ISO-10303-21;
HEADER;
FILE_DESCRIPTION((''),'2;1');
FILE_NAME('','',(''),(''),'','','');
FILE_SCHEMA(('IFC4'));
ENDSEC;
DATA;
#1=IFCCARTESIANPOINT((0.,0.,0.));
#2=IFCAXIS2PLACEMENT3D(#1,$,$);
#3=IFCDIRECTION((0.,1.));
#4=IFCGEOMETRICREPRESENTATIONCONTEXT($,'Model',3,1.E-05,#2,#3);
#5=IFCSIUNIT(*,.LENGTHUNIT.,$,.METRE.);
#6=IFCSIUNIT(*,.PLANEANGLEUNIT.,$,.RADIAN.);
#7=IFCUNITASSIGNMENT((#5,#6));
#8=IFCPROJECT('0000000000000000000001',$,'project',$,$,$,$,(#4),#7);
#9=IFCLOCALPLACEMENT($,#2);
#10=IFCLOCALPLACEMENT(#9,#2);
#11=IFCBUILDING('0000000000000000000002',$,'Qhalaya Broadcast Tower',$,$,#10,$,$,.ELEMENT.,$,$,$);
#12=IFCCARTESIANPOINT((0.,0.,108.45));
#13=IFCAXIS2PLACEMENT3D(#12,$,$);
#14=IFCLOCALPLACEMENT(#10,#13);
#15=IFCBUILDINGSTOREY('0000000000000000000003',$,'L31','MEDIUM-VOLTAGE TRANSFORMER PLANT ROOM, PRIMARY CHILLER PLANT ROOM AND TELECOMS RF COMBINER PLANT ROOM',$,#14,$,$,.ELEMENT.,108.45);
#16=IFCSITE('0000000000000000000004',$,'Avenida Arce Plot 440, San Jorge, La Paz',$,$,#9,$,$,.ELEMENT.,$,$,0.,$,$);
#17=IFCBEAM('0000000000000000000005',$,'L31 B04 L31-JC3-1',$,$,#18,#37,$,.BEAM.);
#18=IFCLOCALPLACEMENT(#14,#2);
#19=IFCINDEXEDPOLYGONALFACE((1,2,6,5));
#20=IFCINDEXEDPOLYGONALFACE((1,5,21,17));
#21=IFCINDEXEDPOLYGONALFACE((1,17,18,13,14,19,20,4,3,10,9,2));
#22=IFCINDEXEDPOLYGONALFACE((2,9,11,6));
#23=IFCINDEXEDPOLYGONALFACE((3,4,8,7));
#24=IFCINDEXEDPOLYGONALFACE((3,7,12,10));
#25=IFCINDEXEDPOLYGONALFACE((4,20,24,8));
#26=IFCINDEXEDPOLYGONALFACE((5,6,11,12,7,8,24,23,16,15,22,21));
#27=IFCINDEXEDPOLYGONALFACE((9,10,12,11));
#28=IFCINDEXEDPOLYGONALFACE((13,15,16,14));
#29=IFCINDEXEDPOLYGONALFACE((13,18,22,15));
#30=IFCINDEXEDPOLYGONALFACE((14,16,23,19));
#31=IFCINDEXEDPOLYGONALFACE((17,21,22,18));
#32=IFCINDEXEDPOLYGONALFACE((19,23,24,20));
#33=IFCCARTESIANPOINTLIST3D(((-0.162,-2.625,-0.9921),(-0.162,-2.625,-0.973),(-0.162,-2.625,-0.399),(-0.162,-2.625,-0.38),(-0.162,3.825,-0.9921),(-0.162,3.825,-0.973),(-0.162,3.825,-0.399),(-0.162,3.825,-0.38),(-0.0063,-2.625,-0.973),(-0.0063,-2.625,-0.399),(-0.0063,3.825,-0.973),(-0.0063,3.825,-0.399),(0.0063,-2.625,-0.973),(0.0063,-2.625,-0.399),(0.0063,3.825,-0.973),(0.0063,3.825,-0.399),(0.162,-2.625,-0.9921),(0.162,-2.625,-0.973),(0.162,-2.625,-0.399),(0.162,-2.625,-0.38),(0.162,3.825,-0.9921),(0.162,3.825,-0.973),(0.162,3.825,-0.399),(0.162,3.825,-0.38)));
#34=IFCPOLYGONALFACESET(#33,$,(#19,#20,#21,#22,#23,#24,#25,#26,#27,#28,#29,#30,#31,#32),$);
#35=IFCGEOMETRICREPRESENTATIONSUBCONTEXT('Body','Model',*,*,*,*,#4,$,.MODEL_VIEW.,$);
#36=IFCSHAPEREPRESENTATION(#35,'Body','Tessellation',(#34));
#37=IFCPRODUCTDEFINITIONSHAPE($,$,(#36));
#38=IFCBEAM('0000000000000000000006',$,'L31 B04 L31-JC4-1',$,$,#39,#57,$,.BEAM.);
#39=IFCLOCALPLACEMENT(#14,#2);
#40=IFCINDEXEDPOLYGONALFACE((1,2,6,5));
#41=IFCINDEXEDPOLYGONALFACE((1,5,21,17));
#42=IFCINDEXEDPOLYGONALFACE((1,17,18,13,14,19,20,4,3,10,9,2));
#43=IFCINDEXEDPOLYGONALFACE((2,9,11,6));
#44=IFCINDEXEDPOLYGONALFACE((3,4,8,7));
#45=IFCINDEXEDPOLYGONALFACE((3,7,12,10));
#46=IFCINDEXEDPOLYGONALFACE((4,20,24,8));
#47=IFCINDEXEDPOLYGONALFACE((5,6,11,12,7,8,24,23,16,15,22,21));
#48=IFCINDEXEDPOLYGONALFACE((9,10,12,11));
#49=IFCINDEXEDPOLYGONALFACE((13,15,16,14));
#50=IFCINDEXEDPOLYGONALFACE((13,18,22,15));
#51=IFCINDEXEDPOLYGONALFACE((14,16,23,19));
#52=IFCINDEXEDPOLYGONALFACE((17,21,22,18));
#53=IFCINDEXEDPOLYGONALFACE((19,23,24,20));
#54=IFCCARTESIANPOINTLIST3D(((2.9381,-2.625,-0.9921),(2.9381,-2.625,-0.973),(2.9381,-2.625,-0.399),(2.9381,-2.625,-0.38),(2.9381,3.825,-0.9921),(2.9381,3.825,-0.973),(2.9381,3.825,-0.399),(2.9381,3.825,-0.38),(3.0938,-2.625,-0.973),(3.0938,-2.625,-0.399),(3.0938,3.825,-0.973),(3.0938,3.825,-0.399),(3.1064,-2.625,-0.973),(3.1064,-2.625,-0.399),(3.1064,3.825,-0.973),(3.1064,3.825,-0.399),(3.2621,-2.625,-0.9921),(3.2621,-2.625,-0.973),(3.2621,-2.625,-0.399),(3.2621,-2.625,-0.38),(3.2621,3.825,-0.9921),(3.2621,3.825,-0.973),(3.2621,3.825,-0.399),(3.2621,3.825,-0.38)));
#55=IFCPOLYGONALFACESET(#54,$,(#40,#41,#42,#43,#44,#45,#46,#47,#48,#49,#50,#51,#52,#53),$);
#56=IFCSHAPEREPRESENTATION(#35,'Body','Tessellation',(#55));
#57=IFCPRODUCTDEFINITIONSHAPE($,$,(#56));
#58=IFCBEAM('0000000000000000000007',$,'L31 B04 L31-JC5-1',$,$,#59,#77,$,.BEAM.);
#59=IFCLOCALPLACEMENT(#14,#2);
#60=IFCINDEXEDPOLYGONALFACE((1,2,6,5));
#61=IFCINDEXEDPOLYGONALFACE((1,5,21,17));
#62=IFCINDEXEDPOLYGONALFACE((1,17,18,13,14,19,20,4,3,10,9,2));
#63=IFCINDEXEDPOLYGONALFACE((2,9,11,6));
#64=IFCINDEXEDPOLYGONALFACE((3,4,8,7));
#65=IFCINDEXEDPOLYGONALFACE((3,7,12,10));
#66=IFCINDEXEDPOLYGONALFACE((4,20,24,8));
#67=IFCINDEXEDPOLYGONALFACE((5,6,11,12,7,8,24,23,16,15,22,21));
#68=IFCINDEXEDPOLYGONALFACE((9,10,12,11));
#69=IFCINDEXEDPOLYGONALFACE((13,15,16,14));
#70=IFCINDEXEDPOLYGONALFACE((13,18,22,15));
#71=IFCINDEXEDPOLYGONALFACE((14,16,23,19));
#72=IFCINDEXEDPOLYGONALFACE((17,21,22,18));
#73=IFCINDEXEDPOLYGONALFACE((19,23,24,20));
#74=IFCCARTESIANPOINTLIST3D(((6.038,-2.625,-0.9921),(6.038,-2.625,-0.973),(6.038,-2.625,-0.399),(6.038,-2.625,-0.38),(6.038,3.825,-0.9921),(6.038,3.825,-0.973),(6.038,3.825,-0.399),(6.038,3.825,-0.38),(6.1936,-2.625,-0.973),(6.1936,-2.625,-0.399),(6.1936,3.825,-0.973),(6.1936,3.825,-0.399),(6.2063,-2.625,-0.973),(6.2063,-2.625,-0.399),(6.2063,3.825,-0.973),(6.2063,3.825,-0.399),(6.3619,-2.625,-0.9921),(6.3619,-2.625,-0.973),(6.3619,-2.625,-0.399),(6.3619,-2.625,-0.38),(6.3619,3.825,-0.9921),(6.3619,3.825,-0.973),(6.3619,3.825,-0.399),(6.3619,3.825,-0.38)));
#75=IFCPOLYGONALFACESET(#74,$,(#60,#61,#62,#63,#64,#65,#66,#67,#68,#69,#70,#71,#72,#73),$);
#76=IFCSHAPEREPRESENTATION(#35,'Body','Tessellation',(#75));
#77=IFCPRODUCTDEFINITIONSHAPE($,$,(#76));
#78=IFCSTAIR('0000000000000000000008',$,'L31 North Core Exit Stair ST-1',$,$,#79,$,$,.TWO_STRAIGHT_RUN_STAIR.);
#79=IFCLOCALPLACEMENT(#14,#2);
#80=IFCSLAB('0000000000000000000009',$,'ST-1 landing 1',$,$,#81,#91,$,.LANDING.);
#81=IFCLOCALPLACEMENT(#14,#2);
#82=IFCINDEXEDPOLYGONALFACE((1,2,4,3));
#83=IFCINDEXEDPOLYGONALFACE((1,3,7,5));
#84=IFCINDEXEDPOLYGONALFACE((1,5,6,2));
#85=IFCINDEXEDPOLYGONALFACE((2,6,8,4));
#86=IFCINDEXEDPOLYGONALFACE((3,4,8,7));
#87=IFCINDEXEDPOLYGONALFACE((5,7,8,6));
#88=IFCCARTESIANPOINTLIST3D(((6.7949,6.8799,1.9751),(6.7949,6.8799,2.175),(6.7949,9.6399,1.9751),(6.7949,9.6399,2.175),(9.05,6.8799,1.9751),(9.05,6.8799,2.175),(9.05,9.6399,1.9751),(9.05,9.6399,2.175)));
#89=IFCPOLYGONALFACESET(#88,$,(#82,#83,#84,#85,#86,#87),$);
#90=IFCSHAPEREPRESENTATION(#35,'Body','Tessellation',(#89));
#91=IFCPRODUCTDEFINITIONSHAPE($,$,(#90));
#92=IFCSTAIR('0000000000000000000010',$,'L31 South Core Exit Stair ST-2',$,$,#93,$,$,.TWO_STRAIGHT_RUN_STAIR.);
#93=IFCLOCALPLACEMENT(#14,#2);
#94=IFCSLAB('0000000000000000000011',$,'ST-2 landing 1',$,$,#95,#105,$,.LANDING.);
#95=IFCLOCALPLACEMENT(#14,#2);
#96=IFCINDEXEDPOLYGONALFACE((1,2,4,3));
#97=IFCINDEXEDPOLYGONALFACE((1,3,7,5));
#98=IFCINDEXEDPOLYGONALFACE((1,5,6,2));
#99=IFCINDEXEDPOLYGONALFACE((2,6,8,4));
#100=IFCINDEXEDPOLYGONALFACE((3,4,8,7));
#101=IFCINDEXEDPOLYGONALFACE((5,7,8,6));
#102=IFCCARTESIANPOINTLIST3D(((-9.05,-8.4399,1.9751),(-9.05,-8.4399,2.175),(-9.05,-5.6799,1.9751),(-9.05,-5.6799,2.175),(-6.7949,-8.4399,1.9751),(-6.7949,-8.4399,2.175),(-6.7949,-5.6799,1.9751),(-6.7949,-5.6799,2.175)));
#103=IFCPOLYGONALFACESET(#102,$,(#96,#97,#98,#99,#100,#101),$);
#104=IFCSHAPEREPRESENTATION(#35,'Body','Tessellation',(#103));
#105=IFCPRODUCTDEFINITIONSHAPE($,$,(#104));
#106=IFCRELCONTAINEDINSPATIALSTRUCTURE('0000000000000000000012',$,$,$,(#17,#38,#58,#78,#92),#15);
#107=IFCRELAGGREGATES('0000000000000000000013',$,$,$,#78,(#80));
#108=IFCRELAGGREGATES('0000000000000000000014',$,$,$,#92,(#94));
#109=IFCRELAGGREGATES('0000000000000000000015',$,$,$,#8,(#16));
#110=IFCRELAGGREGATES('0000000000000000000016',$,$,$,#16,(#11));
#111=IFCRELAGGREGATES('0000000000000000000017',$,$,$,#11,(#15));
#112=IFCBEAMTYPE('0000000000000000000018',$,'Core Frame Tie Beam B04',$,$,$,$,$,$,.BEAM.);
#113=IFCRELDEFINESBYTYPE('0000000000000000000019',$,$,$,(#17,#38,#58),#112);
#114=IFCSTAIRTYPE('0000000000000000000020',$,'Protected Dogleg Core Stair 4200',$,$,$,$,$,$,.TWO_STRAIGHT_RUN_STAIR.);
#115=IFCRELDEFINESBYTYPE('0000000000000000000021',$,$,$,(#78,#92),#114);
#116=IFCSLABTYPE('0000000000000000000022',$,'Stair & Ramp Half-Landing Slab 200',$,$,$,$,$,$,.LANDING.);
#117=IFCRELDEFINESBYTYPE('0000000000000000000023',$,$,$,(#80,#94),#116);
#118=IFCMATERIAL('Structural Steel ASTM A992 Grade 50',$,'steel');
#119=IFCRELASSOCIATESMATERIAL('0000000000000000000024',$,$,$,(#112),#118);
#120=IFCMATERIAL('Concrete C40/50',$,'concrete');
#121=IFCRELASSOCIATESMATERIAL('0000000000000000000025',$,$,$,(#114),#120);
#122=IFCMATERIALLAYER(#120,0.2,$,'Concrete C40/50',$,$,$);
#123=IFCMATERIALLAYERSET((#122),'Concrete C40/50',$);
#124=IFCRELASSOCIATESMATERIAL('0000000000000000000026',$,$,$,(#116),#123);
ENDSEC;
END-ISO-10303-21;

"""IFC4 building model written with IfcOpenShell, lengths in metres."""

from ifc_helpers import new_model, si_unit, direction, frame, origin, origin_2d, place, context, subcontext, project, spatial, polyline, i_section, outline, extrude, material, layer, layer_set, material_profile, profile_set, type_object, element, aggregate, save


model = new_model("IFC4")

# Units and contexts
model_context = context("Model", 3, precision=1e-05, world=origin(), true_north=direction((0.0, 1.0)))
body_context = subcontext(model_context, "Body", "Model", "MODEL_VIEW")
ifc_project = project(units=[si_unit("LENGTHUNIT", "METRE"), si_unit("PLANEANGLEUNIT", "RADIAN")], contexts=[model_context])

# Site, building, storey
site_placement = place(None, origin())
site = spatial("IfcSite", under=ifc_project, at=site_placement, Name="Avenida Arce Plot 440, San Jorge, La Paz", CompositionType="ELEMENT", RefElevation=0.0)
building_placement = place(site_placement, origin())
building = spatial("IfcBuilding", under=site, at=building_placement, Name="Qhalaya Broadcast Tower", CompositionType="ELEMENT")
storey_placement = place(building_placement, frame((0.0, 0.0, 108.45)))
storey = spatial("IfcBuildingStorey", under=building, at=storey_placement, Name="L31", Description="MEDIUM-VOLTAGE TRANSFORMER PLANT ROOM, PRIMARY CHILLER PLANT ROOM AND TELECOMS RF COMBINER PLANT ROOM", CompositionType="ELEMENT", Elevation=108.45)

# Beams
ifc_material_1 = material(Name="Structural Steel ASTM A992 Grade 50", Category="steel")
ifc_material_profile = material_profile(ifc_material_1, i_section(OverallWidth=0.324, OverallDepth=0.6121, WebThickness=0.0127, FlangeThickness=0.019, at=origin_2d()), Name="W24X104")
ifc_profile_set = profile_set([ifc_material_profile], Name="Structural Steel ASTM A992 Grade 50")
beam_type = type_object("IfcBeamType", Name="Core Frame Tie Beam B04", PredefinedType="BEAM", material=ifc_profile_set)
for number, where, z_axis, x_axis, name in (
    (1, (0.0, -2.625, -0.686), (0.0, 1.0, 0.0), (-1.0, 0.0, 0.0), "L31 B04 L31-JC3-1"),
    (2, (3.1001, -2.625, -0.686), (0.0, 1.0, 0.0), (-1.0, 0.0, 0.0), "L31 B04 L31-JC4-1"),
    (3, (6.2, -2.625, -0.686), (0.0, 1.0, 0.0), (-1.0, 0.0, 0.0), "L31 B04 L31-JC5-1"),
):
    element("IfcBeam", number, at=place(storey_placement, frame(where, z_axis=z_axis, x_axis=x_axis)), inside=storey, type_object=beam_type, Name=name, PredefinedType="BEAM", context=body_context, shape_type="SweptSolid", body=[
        extrude(i_section(OverallWidth=0.324, OverallDepth=0.6121, WebThickness=0.0127, FlangeThickness=0.019, at=origin_2d()), origin(), (0.0, 0.0, 1.0), 6.45),
    ])

# Stairs, slabs
ifc_material_2 = material(Name="Concrete C40/50", Category="concrete")
stair_type = type_object("IfcStairType", Name="Protected Dogleg Core Stair 4200", PredefinedType="TWO_STRAIGHT_RUN_STAIR", material=ifc_material_2)
stair_1_placement = place(storey_placement, origin())
stair_1 = element("IfcStair", 4, at=stair_1_placement, inside=storey, type_object=stair_type, Name="L31 North Core Exit Stair ST-1", PredefinedType="TWO_STRAIGHT_RUN_STAIR")
ifc_layer_1 = layer(ifc_material_2, 0.2, Name="Concrete C40/50")
ifc_layer_set_1 = layer_set([ifc_layer_1], Name="Concrete C40/50")
slab_type_1 = type_object("IfcSlabType", Name="Stair & Ramp Half-Landing Slab 200", PredefinedType="LANDING", material=ifc_layer_set_1)
slab_1_placement = place(storey_placement, frame((0.0, 0.0, 1.9751)))
slab_1 = element("IfcSlab", 5, at=slab_1_placement, type_object=slab_type_1, Name="ST-1 landing 1", PredefinedType="LANDING", context=body_context, shape_type="SweptSolid", body=[
    extrude(outline(polyline([(6.7949, 6.8799), (9.05, 6.8799), (9.05, 9.6399), (6.7949, 9.6399), (6.7949, 6.8799)])), origin(), (0.0, 0.0, 1.0), 0.2),
])
aggregate(stair_1, [slab_1])
stair_2_placement = place(storey_placement, origin())
stair_2 = element("IfcStair", 6, at=stair_2_placement, inside=storey, type_object=stair_type, Name="L31 South Core Exit Stair ST-2", PredefinedType="TWO_STRAIGHT_RUN_STAIR")
slab_2_placement = place(storey_placement, frame((0.0, 0.0, 1.9751)))
slab_2 = element("IfcSlab", 7, at=slab_2_placement, type_object=slab_type_1, Name="ST-2 landing 1", PredefinedType="LANDING", context=body_context, shape_type="SweptSolid", body=[
    extrude(outline(polyline([(-6.7949, -5.6799), (-9.05, -5.6799), (-9.05, -8.4399), (-6.7949, -8.4399), (-6.7949, -5.6799)])), origin(), (0.0, 0.0, 1.0), 0.2),
])
aggregate(stair_2, [slab_2])

save(model, "model.ifc")
